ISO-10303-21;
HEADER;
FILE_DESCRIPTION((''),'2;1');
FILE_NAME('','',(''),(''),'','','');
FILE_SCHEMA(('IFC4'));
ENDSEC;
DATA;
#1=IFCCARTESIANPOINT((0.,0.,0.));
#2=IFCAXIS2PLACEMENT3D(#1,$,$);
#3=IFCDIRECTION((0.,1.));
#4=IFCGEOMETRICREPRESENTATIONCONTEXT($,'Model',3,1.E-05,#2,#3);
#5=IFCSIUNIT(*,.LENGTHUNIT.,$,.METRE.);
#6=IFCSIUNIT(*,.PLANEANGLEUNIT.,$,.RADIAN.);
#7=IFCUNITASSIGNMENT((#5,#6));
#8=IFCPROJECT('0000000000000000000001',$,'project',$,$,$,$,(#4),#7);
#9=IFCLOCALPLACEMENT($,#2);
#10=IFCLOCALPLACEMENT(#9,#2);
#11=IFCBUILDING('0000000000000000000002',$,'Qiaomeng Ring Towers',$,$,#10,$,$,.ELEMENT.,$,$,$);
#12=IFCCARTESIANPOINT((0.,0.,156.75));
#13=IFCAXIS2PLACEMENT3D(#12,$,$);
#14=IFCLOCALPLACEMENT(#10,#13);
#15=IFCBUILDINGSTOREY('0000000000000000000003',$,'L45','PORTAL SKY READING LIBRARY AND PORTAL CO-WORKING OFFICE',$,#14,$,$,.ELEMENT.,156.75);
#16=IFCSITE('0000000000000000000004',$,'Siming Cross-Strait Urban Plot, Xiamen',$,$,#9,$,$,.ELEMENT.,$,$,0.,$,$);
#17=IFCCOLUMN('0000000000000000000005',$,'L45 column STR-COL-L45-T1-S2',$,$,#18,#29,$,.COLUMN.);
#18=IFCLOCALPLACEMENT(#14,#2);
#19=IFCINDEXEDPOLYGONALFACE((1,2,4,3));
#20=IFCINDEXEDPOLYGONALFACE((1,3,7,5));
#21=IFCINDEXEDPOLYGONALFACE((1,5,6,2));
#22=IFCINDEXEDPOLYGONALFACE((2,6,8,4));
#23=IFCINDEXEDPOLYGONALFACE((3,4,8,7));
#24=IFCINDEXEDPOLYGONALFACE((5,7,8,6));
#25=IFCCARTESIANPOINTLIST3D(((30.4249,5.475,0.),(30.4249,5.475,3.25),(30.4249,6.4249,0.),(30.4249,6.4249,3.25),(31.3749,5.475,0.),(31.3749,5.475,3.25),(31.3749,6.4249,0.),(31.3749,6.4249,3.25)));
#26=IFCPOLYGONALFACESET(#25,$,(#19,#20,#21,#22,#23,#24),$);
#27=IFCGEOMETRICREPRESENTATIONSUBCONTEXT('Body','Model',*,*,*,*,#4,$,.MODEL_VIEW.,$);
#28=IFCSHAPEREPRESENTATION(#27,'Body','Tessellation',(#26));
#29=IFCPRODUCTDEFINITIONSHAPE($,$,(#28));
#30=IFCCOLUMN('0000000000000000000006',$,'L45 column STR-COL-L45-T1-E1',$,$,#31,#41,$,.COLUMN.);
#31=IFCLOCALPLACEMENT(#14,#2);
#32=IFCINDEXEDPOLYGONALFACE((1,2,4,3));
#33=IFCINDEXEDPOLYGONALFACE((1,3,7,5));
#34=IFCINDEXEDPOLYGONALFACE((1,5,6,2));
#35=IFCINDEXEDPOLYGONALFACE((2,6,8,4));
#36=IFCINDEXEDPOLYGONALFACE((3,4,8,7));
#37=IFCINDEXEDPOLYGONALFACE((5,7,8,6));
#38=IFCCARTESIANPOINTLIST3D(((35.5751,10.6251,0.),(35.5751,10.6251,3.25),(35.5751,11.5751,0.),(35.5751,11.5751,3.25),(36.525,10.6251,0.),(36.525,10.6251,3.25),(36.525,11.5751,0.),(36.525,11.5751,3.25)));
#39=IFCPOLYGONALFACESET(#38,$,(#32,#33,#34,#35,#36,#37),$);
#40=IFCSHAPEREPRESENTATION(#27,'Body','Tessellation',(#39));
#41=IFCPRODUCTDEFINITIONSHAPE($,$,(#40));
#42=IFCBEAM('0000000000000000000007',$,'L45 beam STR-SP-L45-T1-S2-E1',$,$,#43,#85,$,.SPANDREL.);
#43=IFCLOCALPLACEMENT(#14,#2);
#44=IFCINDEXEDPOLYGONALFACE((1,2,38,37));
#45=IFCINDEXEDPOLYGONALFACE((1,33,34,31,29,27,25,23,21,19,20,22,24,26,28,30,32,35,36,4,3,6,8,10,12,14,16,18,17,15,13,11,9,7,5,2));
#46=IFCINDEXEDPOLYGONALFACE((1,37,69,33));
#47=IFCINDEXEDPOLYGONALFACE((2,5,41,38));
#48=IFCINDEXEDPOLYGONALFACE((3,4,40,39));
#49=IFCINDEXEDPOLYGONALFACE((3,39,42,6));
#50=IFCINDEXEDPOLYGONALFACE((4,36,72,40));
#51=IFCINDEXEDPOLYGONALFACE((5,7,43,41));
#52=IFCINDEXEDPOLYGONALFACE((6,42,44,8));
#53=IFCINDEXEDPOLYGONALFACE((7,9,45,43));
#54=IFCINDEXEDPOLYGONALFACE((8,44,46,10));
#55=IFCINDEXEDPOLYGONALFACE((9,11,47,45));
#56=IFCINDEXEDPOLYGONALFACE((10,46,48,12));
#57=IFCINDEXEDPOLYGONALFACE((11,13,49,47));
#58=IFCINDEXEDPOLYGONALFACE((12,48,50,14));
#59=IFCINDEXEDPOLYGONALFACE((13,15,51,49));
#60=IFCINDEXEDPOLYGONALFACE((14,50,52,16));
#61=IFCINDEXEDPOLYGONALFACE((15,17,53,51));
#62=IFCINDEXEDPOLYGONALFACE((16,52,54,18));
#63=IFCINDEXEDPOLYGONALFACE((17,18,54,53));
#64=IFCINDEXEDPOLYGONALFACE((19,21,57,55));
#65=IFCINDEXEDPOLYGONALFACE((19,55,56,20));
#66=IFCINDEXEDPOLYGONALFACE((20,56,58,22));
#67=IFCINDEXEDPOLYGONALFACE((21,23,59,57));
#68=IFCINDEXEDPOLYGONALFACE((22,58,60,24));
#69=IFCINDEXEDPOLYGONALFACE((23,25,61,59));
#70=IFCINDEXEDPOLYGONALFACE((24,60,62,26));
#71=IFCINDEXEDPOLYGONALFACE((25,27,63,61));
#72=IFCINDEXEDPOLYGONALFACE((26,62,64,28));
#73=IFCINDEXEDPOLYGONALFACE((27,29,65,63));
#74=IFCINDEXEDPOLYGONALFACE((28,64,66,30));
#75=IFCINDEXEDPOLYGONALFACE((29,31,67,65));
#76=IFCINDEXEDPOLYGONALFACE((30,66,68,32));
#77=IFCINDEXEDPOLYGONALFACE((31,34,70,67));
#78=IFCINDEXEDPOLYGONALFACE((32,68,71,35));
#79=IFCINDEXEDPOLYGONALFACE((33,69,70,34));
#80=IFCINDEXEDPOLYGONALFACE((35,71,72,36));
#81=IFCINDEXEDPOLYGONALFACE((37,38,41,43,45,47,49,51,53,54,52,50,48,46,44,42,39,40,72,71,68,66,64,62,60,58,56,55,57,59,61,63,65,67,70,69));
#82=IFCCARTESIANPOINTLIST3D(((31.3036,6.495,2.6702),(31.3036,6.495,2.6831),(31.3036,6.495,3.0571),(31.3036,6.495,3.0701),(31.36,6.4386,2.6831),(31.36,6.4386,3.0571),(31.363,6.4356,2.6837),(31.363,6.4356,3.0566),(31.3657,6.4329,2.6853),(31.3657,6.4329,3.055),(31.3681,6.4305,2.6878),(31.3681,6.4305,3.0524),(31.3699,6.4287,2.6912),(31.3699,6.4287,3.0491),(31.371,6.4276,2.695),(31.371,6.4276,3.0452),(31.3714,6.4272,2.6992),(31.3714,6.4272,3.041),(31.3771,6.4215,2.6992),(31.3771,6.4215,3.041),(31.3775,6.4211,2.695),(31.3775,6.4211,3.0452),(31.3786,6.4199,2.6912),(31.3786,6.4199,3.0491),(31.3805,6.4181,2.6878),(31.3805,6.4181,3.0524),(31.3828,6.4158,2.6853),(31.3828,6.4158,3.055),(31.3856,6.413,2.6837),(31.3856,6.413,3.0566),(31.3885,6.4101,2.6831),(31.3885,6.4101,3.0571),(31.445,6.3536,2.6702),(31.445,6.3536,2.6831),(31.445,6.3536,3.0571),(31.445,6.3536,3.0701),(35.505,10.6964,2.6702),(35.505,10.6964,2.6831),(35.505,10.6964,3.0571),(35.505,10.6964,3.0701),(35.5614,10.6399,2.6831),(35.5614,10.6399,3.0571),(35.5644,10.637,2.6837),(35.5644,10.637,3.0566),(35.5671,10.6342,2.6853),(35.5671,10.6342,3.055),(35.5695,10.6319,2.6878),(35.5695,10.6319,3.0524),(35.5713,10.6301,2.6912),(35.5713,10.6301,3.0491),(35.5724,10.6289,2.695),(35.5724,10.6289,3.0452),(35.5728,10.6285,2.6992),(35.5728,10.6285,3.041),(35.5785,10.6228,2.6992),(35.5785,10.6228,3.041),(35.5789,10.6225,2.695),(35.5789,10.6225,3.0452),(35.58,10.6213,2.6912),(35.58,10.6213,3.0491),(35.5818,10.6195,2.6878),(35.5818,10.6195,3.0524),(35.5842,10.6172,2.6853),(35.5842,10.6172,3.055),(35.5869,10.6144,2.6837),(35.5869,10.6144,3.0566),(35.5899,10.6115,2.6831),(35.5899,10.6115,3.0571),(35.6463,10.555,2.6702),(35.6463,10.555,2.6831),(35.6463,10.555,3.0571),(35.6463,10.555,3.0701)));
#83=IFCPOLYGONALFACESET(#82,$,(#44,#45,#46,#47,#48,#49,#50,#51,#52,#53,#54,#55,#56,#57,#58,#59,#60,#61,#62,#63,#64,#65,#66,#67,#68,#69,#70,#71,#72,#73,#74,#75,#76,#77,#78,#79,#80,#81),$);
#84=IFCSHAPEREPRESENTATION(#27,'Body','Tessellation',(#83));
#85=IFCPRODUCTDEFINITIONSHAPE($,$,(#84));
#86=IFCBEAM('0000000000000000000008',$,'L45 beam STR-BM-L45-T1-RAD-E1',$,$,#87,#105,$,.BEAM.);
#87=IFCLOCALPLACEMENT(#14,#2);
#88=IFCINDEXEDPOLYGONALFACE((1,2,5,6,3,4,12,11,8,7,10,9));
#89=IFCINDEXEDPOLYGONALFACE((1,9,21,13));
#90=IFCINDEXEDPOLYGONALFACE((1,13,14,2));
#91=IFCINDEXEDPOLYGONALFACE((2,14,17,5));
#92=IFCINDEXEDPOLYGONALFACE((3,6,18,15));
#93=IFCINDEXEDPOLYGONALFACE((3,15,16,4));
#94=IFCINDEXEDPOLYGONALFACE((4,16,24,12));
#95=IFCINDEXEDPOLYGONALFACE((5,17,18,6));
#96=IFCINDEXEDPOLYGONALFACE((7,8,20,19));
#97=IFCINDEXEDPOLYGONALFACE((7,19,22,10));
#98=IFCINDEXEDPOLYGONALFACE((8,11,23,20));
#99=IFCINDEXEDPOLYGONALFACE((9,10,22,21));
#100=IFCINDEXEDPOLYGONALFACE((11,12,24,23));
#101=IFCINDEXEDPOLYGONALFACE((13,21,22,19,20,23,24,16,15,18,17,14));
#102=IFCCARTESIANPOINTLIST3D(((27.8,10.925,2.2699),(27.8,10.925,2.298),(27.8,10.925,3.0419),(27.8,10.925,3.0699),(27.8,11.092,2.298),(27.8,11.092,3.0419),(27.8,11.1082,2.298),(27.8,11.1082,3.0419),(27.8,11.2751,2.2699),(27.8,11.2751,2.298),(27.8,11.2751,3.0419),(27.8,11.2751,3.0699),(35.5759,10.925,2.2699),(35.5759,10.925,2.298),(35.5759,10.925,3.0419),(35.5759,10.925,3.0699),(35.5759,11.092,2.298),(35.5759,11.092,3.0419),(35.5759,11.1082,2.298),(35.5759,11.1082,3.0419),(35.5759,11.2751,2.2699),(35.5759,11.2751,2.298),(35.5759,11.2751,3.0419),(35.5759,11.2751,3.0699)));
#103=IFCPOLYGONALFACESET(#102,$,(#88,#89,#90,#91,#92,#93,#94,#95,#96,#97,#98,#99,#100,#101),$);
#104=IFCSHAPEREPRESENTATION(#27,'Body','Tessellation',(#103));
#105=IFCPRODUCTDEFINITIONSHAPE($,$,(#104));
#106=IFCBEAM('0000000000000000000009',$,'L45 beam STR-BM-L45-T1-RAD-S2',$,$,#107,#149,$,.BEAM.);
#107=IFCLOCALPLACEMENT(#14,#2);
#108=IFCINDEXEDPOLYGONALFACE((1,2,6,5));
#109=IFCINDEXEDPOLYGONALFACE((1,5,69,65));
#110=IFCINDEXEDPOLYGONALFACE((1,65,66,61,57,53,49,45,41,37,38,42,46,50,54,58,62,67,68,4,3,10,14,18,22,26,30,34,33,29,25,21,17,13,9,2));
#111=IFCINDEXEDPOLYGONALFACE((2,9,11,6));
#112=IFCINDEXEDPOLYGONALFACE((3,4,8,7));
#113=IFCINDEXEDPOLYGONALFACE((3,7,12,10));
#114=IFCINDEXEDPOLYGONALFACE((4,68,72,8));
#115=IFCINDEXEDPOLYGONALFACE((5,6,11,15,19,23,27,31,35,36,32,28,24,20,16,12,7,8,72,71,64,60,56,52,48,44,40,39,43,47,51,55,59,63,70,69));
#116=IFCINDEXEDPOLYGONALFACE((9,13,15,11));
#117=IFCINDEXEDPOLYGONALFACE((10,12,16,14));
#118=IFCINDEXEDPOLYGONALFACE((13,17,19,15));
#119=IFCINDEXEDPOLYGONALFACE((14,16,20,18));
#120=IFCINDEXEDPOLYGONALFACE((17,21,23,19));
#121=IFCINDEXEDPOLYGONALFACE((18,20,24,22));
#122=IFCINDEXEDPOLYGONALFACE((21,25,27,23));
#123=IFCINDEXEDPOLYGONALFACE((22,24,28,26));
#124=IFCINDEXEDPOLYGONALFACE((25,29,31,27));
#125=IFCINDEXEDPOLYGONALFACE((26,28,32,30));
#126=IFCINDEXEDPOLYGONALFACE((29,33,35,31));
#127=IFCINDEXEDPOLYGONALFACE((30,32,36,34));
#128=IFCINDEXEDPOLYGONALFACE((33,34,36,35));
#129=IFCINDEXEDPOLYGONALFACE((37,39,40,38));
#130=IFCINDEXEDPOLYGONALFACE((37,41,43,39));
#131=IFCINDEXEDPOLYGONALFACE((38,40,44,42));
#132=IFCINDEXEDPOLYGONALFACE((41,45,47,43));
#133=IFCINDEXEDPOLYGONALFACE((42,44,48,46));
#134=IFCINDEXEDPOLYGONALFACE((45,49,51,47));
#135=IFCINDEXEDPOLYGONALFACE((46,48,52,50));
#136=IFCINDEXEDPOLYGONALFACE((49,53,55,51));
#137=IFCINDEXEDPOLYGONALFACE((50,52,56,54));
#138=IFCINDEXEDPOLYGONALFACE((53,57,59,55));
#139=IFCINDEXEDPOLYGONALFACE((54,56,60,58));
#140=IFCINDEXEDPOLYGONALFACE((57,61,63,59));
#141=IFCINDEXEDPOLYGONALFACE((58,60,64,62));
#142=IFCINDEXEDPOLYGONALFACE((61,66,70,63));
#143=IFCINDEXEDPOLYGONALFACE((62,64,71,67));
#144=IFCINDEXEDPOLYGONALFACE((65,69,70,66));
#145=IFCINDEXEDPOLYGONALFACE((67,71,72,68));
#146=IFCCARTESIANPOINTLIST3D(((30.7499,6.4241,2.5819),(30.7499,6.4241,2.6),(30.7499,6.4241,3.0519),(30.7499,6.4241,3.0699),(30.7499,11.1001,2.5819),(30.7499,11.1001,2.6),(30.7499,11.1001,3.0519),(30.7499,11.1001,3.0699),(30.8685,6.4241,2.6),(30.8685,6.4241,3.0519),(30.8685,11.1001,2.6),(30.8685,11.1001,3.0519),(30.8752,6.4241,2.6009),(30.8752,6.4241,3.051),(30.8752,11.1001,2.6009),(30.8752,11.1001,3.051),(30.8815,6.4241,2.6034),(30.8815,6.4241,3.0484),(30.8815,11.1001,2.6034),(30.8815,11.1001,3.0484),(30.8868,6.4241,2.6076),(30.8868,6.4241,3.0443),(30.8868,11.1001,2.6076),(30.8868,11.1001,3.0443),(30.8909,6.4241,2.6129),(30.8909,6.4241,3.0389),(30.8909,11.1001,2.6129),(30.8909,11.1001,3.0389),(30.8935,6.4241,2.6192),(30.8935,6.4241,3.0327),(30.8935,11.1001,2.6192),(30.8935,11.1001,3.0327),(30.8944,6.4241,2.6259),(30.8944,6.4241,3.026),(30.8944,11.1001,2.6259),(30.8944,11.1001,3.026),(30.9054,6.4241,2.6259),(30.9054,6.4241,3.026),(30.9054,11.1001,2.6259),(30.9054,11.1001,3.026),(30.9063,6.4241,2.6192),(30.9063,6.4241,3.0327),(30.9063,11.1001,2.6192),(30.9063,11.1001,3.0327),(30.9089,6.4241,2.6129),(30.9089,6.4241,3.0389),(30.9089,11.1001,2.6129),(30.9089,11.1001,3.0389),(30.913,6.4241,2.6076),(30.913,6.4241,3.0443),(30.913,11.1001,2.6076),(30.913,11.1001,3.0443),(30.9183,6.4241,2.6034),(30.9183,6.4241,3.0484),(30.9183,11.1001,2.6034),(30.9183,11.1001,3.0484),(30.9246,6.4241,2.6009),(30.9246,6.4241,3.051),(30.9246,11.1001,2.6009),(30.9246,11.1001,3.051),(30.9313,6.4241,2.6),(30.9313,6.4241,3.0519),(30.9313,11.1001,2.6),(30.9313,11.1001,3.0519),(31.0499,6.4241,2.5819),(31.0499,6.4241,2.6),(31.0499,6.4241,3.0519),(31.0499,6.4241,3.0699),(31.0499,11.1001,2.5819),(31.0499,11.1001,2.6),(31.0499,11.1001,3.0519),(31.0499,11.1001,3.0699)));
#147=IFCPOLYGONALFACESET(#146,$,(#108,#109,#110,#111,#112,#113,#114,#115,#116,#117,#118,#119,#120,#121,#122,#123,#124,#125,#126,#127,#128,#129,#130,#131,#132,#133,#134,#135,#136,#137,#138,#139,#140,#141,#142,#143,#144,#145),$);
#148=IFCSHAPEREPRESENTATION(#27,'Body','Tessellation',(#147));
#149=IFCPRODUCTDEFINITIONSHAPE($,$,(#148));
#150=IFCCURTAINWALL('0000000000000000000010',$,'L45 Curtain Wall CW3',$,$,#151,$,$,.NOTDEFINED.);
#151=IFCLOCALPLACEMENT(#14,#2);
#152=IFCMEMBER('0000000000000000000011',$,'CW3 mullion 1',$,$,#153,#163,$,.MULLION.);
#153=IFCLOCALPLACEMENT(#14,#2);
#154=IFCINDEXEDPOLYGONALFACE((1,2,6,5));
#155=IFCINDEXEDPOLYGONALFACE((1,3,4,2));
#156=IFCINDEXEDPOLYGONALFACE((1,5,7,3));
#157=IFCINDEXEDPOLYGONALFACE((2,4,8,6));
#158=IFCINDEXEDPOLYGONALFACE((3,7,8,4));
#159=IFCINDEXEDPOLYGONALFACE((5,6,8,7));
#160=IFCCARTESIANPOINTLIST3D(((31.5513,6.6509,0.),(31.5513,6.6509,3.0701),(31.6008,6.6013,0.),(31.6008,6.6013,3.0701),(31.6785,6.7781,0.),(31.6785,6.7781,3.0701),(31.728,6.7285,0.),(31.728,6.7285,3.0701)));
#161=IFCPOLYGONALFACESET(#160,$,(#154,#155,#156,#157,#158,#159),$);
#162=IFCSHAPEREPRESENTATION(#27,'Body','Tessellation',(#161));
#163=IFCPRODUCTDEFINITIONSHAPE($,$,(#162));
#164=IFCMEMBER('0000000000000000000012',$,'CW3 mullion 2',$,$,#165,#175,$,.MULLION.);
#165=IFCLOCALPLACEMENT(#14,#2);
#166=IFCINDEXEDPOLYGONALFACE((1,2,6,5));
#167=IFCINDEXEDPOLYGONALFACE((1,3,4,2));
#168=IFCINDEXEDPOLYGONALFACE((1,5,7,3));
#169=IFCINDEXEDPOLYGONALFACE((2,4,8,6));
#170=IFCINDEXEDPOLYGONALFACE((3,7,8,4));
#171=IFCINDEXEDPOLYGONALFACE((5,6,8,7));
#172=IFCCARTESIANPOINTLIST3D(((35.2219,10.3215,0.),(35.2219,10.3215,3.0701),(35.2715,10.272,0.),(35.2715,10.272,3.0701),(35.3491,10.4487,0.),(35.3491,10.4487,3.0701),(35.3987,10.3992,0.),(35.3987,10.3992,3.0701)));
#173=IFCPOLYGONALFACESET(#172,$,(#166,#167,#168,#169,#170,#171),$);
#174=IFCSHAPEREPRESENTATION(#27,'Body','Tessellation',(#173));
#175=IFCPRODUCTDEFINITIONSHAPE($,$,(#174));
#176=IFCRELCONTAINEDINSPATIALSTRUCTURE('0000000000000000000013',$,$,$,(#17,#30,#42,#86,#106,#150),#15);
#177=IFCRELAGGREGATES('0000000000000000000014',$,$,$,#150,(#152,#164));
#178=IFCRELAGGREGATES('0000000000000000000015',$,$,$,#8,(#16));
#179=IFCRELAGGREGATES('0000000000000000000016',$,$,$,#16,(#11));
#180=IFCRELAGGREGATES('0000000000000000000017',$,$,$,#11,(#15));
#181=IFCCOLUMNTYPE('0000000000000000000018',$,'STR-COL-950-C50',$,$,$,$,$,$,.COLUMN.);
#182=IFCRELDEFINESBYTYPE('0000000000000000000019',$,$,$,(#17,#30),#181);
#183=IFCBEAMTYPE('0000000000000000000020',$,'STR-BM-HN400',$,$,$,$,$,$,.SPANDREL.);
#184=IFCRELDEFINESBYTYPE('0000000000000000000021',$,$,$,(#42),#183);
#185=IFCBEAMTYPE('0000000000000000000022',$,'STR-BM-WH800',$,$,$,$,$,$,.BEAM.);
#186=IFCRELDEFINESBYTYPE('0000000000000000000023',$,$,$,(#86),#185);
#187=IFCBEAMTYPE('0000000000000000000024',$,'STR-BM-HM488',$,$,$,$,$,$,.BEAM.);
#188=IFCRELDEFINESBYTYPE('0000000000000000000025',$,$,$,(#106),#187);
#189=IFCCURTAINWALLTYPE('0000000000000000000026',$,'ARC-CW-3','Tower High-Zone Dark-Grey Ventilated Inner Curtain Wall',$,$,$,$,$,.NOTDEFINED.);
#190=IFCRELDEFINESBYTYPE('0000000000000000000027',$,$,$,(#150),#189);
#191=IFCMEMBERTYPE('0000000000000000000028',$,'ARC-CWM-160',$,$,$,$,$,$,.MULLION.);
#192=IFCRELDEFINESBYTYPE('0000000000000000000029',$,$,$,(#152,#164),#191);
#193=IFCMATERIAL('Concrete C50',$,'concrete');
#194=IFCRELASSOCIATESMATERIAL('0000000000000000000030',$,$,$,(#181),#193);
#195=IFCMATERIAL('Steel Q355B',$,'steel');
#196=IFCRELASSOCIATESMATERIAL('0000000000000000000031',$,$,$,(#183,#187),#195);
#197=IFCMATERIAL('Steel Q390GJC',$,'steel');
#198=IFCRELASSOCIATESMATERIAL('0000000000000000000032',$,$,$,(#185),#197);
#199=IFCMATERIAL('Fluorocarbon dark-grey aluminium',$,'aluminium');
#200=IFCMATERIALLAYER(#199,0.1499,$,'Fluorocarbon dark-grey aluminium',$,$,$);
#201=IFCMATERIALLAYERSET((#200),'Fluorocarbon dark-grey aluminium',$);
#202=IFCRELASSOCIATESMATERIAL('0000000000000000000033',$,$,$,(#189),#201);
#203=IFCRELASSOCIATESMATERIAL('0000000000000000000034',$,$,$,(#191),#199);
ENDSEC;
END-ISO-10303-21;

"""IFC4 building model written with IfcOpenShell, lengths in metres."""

from ifc_helpers import new_model, si_unit, direction, frame, origin, origin_2d, place, context, subcontext, project, spatial, rectangle, i_section, extrude, source, transform, mapped, material, layer, layer_set, material_profile, profile_set, type_object, element, aggregate, save


model = new_model("IFC4")

# Units and contexts
model_context = context("Model", 3, precision=1e-05, world=origin(), true_north=direction((0.0, 1.0)))
body_context = subcontext(model_context, "Body", "Model", "MODEL_VIEW")
ifc_project = project(units=[si_unit("LENGTHUNIT", "METRE"), si_unit("PLANEANGLEUNIT", "RADIAN")], contexts=[model_context])

# Site, building, storey
site_placement = place(None, origin())
site = spatial("IfcSite", under=ifc_project, at=site_placement, Name="Siming Cross-Strait Urban Plot, Xiamen", CompositionType="ELEMENT", RefElevation=0.0)
building_placement = place(site_placement, origin())
building = spatial("IfcBuilding", under=site, at=building_placement, Name="Qiaomeng Ring Towers", CompositionType="ELEMENT")
storey_placement = place(building_placement, frame((0.0, 0.0, 156.75)))
storey = spatial("IfcBuildingStorey", under=building, at=storey_placement, Name="L45", Description="PORTAL SKY READING LIBRARY AND PORTAL CO-WORKING OFFICE", CompositionType="ELEMENT", Elevation=156.75)

# Columns
ifc_material_1 = material(Name="Concrete C50", Category="concrete")
ifc_material_profile_1 = material_profile(ifc_material_1, rectangle(XDim=0.95, YDim=0.95, at=origin_2d()), Name="RC COL 950x950")
ifc_profile_set_1 = profile_set([ifc_material_profile_1], Name="Concrete C50")
column_type = type_object("IfcColumnType", Name="STR-COL-950-C50", PredefinedType="COLUMN", material=ifc_profile_set_1)
shared_shape_1 = source(origin(), body_context, "Body", "SweptSolid", [
    extrude(rectangle(XDim=0.95, YDim=0.95, at=origin_2d()), origin(), (0.0, 0.0, 1.0), 3.25),
])
for number, where, z_axis, x_axis, name in (
    (1, (30.8999, 5.95, 0.0), (0.0, 0.0, 1.0), (1.0, 0.0, 0.0), "L45 column STR-COL-L45-T1-S2"),
    (2, (36.05, 11.1001, 0.0), (0.0, 0.0, 1.0), (1.0, 0.0, 0.0), "L45 column STR-COL-L45-T1-E1"),
):
    element("IfcColumn", number, at=place(storey_placement, frame(where, z_axis=z_axis, x_axis=x_axis)), inside=storey, type_object=column_type, Name=name, PredefinedType="COLUMN", context=body_context, shape_type="MappedRepresentation", body=[
        mapped(shared_shape_1, transform((0.0, 0.0, 0.0), x_axis=(1.0, 0.0, 0.0), y_axis=(0.0, 1.0, 0.0), z_axis=(0.0, 0.0, 1.0), scale=1.0)),
    ])

# Beams
ifc_material_2 = material(Name="Steel Q355B", Category="steel")
ifc_material_profile_2 = material_profile(ifc_material_2, i_section(OverallWidth=0.2, OverallDepth=0.3999, WebThickness=0.0081, FlangeThickness=0.0129, FilletRadius=0.0161, at=origin_2d()), Name="HN 400x200x8x13")
ifc_profile_set_2 = profile_set([ifc_material_profile_2], Name="Steel Q355B")
beam_type_1 = type_object("IfcBeamType", Name="STR-BM-HN400", PredefinedType="SPANDREL", material=ifc_profile_set_2)
shared_shape_2 = source(origin(), body_context, "Body", "SweptSolid", [
    extrude(i_section(OverallWidth=0.2, OverallDepth=0.3999, WebThickness=0.0081, FlangeThickness=0.0129, FilletRadius=0.0161, at=origin_2d()), origin(), (0.0, 0.0, 1.0), 5.9417),
])
beam_1_placement = place(storey_placement, frame((31.3743, 6.4243, 2.8701), z_axis=(0.707107, 0.707107, 0.0), x_axis=(-0.707107, 0.707107, 0.0)))
element("IfcBeam", 3, at=beam_1_placement, inside=storey, type_object=beam_type_1, Name="L45 beam STR-SP-L45-T1-S2-E1", PredefinedType="SPANDREL", context=body_context, shape_type="MappedRepresentation", body=[
    mapped(shared_shape_2, transform((0.0, 0.0, 0.0), x_axis=(1.0, 0.0, 0.0), y_axis=(0.0, 1.0, 0.0), z_axis=(0.0, 0.0, 1.0), scale=1.0)),
])
ifc_material_3 = material(Name="Steel Q390GJC", Category="steel")
ifc_material_profile_3 = material_profile(ifc_material_3, i_section(OverallWidth=0.3501, OverallDepth=0.8, WebThickness=0.0161, FlangeThickness=0.0281, at=origin_2d()), Name="WH 800x350x16x28")
ifc_profile_set_3 = profile_set([ifc_material_profile_3], Name="Steel Q390GJC")
beam_type_2 = type_object("IfcBeamType", Name="STR-BM-WH800", PredefinedType="BEAM", material=ifc_profile_set_3)
shared_shape_3 = source(origin(), body_context, "Body", "SweptSolid", [
    extrude(i_section(OverallWidth=0.3501, OverallDepth=0.8, WebThickness=0.0161, FlangeThickness=0.0281, at=origin_2d()), origin(), (0.0, 0.0, 1.0), 7.7759),
])
beam_2_placement = place(storey_placement, frame((27.8, 11.1001, 2.6699), z_axis=(1.0, 0.0, 0.0), x_axis=(0.0, 1.0, 0.0)))
element("IfcBeam", 4, at=beam_2_placement, inside=storey, type_object=beam_type_2, Name="L45 beam STR-BM-L45-T1-RAD-E1", PredefinedType="BEAM", context=body_context, shape_type="MappedRepresentation", body=[
    mapped(shared_shape_3, transform((0.0, 0.0, 0.0), x_axis=(1.0, 0.0, 0.0), y_axis=(0.0, 1.0, 0.0), z_axis=(0.0, 0.0, 1.0), scale=1.0)),
])
ifc_material_profile_4 = material_profile(ifc_material_2, i_section(OverallWidth=0.3, OverallDepth=0.488, WebThickness=0.011, FlangeThickness=0.0181, FilletRadius=0.0259, at=origin_2d()), Name="HM 488x300x11x18")
ifc_profile_set_4 = profile_set([ifc_material_profile_4], Name="Steel Q355B")
beam_type_3 = type_object("IfcBeamType", Name="STR-BM-HM488", PredefinedType="BEAM", material=ifc_profile_set_4)
shared_shape_4 = source(origin(), body_context, "Body", "SweptSolid", [
    extrude(i_section(OverallWidth=0.3, OverallDepth=0.488, WebThickness=0.011, FlangeThickness=0.0181, FilletRadius=0.0259, at=origin_2d()), origin(), (0.0, 0.0, 1.0), 4.676),
])
beam_3_placement = place(storey_placement, frame((30.8999, 6.4241, 2.8259), z_axis=(0.0, 1.0, 0.0), x_axis=(-1.0, 0.0, 0.0)))
element("IfcBeam", 5, at=beam_3_placement, inside=storey, type_object=beam_type_3, Name="L45 beam STR-BM-L45-T1-RAD-S2", PredefinedType="BEAM", context=body_context, shape_type="MappedRepresentation", body=[
    mapped(shared_shape_4, transform((0.0, 0.0, 0.0), x_axis=(1.0, 0.0, 0.0), y_axis=(0.0, 1.0, 0.0), z_axis=(0.0, 0.0, 1.0), scale=1.0)),
])

# Curtain wall, members
ifc_material_4 = material(Name="Fluorocarbon dark-grey aluminium", Category="aluminium")
ifc_layer_1 = layer(ifc_material_4, 0.1499, Name="Fluorocarbon dark-grey aluminium")
ifc_layer_set_1 = layer_set([ifc_layer_1], Name="Fluorocarbon dark-grey aluminium")
curtain_wall_type = type_object("IfcCurtainWallType", Name="ARC-CW-3", Description="Tower High-Zone Dark-Grey Ventilated Inner Curtain Wall", PredefinedType="NOTDEFINED", material=ifc_layer_set_1)
curtain_wall_placement = place(storey_placement, origin())
curtain_wall = element("IfcCurtainWall", 6, at=curtain_wall_placement, inside=storey, type_object=curtain_wall_type, Name="L45 Curtain Wall CW3", PredefinedType="NOTDEFINED")
ifc_material_profile_5 = material_profile(ifc_material_4, rectangle(XDim=0.0701, YDim=0.1799, at=origin_2d()), Name="ALU MULL 70x180")
ifc_profile_set_5 = profile_set([ifc_material_profile_5], Name="Fluorocarbon dark-grey aluminium")
member_type_1 = type_object("IfcMemberType", Name="ARC-CWM-160", PredefinedType="MULLION", material=ifc_profile_set_5)
shared_shape_5 = source(origin(), body_context, "Body", "SweptSolid", [
    extrude(rectangle(XDim=0.0701, YDim=0.1799, at=origin_2d()), origin(), (0.0, 0.0, 1.0), 3.0701),
])
member_1_placement = place(storey_placement, frame((31.6396, 6.6897, 0.0), z_axis=(0.0, 0.0, 1.0), x_axis=(-0.707107, 0.707107, 0.0)))
member_1 = element("IfcMember", 7, at=member_1_placement, type_object=member_type_1, Name="CW3 mullion 1", PredefinedType="MULLION", context=body_context, shape_type="MappedRepresentation", body=[
    mapped(shared_shape_5, transform((0.0, 0.0, 0.0), x_axis=(1.0, 0.0, 0.0), y_axis=(0.0, 1.0, 0.0), z_axis=(0.0, 0.0, 1.0), scale=1.0)),
])
member_2_placement = place(storey_placement, frame((35.3103, 10.3604, 0.0), z_axis=(0.0, 0.0, 1.0), x_axis=(-0.707107, 0.707107, 0.0)))
member_2 = element("IfcMember", 8, at=member_2_placement, type_object=member_type_1, Name="CW3 mullion 2", PredefinedType="MULLION", context=body_context, shape_type="MappedRepresentation", body=[
    mapped(shared_shape_5, transform((0.0, 0.0, 0.0), x_axis=(1.0, 0.0, 0.0), y_axis=(0.0, 1.0, 0.0), z_axis=(0.0, 0.0, 1.0), scale=1.0)),
])
aggregate(curtain_wall, [member_1, member_2])

save(model, "model.ifc")
